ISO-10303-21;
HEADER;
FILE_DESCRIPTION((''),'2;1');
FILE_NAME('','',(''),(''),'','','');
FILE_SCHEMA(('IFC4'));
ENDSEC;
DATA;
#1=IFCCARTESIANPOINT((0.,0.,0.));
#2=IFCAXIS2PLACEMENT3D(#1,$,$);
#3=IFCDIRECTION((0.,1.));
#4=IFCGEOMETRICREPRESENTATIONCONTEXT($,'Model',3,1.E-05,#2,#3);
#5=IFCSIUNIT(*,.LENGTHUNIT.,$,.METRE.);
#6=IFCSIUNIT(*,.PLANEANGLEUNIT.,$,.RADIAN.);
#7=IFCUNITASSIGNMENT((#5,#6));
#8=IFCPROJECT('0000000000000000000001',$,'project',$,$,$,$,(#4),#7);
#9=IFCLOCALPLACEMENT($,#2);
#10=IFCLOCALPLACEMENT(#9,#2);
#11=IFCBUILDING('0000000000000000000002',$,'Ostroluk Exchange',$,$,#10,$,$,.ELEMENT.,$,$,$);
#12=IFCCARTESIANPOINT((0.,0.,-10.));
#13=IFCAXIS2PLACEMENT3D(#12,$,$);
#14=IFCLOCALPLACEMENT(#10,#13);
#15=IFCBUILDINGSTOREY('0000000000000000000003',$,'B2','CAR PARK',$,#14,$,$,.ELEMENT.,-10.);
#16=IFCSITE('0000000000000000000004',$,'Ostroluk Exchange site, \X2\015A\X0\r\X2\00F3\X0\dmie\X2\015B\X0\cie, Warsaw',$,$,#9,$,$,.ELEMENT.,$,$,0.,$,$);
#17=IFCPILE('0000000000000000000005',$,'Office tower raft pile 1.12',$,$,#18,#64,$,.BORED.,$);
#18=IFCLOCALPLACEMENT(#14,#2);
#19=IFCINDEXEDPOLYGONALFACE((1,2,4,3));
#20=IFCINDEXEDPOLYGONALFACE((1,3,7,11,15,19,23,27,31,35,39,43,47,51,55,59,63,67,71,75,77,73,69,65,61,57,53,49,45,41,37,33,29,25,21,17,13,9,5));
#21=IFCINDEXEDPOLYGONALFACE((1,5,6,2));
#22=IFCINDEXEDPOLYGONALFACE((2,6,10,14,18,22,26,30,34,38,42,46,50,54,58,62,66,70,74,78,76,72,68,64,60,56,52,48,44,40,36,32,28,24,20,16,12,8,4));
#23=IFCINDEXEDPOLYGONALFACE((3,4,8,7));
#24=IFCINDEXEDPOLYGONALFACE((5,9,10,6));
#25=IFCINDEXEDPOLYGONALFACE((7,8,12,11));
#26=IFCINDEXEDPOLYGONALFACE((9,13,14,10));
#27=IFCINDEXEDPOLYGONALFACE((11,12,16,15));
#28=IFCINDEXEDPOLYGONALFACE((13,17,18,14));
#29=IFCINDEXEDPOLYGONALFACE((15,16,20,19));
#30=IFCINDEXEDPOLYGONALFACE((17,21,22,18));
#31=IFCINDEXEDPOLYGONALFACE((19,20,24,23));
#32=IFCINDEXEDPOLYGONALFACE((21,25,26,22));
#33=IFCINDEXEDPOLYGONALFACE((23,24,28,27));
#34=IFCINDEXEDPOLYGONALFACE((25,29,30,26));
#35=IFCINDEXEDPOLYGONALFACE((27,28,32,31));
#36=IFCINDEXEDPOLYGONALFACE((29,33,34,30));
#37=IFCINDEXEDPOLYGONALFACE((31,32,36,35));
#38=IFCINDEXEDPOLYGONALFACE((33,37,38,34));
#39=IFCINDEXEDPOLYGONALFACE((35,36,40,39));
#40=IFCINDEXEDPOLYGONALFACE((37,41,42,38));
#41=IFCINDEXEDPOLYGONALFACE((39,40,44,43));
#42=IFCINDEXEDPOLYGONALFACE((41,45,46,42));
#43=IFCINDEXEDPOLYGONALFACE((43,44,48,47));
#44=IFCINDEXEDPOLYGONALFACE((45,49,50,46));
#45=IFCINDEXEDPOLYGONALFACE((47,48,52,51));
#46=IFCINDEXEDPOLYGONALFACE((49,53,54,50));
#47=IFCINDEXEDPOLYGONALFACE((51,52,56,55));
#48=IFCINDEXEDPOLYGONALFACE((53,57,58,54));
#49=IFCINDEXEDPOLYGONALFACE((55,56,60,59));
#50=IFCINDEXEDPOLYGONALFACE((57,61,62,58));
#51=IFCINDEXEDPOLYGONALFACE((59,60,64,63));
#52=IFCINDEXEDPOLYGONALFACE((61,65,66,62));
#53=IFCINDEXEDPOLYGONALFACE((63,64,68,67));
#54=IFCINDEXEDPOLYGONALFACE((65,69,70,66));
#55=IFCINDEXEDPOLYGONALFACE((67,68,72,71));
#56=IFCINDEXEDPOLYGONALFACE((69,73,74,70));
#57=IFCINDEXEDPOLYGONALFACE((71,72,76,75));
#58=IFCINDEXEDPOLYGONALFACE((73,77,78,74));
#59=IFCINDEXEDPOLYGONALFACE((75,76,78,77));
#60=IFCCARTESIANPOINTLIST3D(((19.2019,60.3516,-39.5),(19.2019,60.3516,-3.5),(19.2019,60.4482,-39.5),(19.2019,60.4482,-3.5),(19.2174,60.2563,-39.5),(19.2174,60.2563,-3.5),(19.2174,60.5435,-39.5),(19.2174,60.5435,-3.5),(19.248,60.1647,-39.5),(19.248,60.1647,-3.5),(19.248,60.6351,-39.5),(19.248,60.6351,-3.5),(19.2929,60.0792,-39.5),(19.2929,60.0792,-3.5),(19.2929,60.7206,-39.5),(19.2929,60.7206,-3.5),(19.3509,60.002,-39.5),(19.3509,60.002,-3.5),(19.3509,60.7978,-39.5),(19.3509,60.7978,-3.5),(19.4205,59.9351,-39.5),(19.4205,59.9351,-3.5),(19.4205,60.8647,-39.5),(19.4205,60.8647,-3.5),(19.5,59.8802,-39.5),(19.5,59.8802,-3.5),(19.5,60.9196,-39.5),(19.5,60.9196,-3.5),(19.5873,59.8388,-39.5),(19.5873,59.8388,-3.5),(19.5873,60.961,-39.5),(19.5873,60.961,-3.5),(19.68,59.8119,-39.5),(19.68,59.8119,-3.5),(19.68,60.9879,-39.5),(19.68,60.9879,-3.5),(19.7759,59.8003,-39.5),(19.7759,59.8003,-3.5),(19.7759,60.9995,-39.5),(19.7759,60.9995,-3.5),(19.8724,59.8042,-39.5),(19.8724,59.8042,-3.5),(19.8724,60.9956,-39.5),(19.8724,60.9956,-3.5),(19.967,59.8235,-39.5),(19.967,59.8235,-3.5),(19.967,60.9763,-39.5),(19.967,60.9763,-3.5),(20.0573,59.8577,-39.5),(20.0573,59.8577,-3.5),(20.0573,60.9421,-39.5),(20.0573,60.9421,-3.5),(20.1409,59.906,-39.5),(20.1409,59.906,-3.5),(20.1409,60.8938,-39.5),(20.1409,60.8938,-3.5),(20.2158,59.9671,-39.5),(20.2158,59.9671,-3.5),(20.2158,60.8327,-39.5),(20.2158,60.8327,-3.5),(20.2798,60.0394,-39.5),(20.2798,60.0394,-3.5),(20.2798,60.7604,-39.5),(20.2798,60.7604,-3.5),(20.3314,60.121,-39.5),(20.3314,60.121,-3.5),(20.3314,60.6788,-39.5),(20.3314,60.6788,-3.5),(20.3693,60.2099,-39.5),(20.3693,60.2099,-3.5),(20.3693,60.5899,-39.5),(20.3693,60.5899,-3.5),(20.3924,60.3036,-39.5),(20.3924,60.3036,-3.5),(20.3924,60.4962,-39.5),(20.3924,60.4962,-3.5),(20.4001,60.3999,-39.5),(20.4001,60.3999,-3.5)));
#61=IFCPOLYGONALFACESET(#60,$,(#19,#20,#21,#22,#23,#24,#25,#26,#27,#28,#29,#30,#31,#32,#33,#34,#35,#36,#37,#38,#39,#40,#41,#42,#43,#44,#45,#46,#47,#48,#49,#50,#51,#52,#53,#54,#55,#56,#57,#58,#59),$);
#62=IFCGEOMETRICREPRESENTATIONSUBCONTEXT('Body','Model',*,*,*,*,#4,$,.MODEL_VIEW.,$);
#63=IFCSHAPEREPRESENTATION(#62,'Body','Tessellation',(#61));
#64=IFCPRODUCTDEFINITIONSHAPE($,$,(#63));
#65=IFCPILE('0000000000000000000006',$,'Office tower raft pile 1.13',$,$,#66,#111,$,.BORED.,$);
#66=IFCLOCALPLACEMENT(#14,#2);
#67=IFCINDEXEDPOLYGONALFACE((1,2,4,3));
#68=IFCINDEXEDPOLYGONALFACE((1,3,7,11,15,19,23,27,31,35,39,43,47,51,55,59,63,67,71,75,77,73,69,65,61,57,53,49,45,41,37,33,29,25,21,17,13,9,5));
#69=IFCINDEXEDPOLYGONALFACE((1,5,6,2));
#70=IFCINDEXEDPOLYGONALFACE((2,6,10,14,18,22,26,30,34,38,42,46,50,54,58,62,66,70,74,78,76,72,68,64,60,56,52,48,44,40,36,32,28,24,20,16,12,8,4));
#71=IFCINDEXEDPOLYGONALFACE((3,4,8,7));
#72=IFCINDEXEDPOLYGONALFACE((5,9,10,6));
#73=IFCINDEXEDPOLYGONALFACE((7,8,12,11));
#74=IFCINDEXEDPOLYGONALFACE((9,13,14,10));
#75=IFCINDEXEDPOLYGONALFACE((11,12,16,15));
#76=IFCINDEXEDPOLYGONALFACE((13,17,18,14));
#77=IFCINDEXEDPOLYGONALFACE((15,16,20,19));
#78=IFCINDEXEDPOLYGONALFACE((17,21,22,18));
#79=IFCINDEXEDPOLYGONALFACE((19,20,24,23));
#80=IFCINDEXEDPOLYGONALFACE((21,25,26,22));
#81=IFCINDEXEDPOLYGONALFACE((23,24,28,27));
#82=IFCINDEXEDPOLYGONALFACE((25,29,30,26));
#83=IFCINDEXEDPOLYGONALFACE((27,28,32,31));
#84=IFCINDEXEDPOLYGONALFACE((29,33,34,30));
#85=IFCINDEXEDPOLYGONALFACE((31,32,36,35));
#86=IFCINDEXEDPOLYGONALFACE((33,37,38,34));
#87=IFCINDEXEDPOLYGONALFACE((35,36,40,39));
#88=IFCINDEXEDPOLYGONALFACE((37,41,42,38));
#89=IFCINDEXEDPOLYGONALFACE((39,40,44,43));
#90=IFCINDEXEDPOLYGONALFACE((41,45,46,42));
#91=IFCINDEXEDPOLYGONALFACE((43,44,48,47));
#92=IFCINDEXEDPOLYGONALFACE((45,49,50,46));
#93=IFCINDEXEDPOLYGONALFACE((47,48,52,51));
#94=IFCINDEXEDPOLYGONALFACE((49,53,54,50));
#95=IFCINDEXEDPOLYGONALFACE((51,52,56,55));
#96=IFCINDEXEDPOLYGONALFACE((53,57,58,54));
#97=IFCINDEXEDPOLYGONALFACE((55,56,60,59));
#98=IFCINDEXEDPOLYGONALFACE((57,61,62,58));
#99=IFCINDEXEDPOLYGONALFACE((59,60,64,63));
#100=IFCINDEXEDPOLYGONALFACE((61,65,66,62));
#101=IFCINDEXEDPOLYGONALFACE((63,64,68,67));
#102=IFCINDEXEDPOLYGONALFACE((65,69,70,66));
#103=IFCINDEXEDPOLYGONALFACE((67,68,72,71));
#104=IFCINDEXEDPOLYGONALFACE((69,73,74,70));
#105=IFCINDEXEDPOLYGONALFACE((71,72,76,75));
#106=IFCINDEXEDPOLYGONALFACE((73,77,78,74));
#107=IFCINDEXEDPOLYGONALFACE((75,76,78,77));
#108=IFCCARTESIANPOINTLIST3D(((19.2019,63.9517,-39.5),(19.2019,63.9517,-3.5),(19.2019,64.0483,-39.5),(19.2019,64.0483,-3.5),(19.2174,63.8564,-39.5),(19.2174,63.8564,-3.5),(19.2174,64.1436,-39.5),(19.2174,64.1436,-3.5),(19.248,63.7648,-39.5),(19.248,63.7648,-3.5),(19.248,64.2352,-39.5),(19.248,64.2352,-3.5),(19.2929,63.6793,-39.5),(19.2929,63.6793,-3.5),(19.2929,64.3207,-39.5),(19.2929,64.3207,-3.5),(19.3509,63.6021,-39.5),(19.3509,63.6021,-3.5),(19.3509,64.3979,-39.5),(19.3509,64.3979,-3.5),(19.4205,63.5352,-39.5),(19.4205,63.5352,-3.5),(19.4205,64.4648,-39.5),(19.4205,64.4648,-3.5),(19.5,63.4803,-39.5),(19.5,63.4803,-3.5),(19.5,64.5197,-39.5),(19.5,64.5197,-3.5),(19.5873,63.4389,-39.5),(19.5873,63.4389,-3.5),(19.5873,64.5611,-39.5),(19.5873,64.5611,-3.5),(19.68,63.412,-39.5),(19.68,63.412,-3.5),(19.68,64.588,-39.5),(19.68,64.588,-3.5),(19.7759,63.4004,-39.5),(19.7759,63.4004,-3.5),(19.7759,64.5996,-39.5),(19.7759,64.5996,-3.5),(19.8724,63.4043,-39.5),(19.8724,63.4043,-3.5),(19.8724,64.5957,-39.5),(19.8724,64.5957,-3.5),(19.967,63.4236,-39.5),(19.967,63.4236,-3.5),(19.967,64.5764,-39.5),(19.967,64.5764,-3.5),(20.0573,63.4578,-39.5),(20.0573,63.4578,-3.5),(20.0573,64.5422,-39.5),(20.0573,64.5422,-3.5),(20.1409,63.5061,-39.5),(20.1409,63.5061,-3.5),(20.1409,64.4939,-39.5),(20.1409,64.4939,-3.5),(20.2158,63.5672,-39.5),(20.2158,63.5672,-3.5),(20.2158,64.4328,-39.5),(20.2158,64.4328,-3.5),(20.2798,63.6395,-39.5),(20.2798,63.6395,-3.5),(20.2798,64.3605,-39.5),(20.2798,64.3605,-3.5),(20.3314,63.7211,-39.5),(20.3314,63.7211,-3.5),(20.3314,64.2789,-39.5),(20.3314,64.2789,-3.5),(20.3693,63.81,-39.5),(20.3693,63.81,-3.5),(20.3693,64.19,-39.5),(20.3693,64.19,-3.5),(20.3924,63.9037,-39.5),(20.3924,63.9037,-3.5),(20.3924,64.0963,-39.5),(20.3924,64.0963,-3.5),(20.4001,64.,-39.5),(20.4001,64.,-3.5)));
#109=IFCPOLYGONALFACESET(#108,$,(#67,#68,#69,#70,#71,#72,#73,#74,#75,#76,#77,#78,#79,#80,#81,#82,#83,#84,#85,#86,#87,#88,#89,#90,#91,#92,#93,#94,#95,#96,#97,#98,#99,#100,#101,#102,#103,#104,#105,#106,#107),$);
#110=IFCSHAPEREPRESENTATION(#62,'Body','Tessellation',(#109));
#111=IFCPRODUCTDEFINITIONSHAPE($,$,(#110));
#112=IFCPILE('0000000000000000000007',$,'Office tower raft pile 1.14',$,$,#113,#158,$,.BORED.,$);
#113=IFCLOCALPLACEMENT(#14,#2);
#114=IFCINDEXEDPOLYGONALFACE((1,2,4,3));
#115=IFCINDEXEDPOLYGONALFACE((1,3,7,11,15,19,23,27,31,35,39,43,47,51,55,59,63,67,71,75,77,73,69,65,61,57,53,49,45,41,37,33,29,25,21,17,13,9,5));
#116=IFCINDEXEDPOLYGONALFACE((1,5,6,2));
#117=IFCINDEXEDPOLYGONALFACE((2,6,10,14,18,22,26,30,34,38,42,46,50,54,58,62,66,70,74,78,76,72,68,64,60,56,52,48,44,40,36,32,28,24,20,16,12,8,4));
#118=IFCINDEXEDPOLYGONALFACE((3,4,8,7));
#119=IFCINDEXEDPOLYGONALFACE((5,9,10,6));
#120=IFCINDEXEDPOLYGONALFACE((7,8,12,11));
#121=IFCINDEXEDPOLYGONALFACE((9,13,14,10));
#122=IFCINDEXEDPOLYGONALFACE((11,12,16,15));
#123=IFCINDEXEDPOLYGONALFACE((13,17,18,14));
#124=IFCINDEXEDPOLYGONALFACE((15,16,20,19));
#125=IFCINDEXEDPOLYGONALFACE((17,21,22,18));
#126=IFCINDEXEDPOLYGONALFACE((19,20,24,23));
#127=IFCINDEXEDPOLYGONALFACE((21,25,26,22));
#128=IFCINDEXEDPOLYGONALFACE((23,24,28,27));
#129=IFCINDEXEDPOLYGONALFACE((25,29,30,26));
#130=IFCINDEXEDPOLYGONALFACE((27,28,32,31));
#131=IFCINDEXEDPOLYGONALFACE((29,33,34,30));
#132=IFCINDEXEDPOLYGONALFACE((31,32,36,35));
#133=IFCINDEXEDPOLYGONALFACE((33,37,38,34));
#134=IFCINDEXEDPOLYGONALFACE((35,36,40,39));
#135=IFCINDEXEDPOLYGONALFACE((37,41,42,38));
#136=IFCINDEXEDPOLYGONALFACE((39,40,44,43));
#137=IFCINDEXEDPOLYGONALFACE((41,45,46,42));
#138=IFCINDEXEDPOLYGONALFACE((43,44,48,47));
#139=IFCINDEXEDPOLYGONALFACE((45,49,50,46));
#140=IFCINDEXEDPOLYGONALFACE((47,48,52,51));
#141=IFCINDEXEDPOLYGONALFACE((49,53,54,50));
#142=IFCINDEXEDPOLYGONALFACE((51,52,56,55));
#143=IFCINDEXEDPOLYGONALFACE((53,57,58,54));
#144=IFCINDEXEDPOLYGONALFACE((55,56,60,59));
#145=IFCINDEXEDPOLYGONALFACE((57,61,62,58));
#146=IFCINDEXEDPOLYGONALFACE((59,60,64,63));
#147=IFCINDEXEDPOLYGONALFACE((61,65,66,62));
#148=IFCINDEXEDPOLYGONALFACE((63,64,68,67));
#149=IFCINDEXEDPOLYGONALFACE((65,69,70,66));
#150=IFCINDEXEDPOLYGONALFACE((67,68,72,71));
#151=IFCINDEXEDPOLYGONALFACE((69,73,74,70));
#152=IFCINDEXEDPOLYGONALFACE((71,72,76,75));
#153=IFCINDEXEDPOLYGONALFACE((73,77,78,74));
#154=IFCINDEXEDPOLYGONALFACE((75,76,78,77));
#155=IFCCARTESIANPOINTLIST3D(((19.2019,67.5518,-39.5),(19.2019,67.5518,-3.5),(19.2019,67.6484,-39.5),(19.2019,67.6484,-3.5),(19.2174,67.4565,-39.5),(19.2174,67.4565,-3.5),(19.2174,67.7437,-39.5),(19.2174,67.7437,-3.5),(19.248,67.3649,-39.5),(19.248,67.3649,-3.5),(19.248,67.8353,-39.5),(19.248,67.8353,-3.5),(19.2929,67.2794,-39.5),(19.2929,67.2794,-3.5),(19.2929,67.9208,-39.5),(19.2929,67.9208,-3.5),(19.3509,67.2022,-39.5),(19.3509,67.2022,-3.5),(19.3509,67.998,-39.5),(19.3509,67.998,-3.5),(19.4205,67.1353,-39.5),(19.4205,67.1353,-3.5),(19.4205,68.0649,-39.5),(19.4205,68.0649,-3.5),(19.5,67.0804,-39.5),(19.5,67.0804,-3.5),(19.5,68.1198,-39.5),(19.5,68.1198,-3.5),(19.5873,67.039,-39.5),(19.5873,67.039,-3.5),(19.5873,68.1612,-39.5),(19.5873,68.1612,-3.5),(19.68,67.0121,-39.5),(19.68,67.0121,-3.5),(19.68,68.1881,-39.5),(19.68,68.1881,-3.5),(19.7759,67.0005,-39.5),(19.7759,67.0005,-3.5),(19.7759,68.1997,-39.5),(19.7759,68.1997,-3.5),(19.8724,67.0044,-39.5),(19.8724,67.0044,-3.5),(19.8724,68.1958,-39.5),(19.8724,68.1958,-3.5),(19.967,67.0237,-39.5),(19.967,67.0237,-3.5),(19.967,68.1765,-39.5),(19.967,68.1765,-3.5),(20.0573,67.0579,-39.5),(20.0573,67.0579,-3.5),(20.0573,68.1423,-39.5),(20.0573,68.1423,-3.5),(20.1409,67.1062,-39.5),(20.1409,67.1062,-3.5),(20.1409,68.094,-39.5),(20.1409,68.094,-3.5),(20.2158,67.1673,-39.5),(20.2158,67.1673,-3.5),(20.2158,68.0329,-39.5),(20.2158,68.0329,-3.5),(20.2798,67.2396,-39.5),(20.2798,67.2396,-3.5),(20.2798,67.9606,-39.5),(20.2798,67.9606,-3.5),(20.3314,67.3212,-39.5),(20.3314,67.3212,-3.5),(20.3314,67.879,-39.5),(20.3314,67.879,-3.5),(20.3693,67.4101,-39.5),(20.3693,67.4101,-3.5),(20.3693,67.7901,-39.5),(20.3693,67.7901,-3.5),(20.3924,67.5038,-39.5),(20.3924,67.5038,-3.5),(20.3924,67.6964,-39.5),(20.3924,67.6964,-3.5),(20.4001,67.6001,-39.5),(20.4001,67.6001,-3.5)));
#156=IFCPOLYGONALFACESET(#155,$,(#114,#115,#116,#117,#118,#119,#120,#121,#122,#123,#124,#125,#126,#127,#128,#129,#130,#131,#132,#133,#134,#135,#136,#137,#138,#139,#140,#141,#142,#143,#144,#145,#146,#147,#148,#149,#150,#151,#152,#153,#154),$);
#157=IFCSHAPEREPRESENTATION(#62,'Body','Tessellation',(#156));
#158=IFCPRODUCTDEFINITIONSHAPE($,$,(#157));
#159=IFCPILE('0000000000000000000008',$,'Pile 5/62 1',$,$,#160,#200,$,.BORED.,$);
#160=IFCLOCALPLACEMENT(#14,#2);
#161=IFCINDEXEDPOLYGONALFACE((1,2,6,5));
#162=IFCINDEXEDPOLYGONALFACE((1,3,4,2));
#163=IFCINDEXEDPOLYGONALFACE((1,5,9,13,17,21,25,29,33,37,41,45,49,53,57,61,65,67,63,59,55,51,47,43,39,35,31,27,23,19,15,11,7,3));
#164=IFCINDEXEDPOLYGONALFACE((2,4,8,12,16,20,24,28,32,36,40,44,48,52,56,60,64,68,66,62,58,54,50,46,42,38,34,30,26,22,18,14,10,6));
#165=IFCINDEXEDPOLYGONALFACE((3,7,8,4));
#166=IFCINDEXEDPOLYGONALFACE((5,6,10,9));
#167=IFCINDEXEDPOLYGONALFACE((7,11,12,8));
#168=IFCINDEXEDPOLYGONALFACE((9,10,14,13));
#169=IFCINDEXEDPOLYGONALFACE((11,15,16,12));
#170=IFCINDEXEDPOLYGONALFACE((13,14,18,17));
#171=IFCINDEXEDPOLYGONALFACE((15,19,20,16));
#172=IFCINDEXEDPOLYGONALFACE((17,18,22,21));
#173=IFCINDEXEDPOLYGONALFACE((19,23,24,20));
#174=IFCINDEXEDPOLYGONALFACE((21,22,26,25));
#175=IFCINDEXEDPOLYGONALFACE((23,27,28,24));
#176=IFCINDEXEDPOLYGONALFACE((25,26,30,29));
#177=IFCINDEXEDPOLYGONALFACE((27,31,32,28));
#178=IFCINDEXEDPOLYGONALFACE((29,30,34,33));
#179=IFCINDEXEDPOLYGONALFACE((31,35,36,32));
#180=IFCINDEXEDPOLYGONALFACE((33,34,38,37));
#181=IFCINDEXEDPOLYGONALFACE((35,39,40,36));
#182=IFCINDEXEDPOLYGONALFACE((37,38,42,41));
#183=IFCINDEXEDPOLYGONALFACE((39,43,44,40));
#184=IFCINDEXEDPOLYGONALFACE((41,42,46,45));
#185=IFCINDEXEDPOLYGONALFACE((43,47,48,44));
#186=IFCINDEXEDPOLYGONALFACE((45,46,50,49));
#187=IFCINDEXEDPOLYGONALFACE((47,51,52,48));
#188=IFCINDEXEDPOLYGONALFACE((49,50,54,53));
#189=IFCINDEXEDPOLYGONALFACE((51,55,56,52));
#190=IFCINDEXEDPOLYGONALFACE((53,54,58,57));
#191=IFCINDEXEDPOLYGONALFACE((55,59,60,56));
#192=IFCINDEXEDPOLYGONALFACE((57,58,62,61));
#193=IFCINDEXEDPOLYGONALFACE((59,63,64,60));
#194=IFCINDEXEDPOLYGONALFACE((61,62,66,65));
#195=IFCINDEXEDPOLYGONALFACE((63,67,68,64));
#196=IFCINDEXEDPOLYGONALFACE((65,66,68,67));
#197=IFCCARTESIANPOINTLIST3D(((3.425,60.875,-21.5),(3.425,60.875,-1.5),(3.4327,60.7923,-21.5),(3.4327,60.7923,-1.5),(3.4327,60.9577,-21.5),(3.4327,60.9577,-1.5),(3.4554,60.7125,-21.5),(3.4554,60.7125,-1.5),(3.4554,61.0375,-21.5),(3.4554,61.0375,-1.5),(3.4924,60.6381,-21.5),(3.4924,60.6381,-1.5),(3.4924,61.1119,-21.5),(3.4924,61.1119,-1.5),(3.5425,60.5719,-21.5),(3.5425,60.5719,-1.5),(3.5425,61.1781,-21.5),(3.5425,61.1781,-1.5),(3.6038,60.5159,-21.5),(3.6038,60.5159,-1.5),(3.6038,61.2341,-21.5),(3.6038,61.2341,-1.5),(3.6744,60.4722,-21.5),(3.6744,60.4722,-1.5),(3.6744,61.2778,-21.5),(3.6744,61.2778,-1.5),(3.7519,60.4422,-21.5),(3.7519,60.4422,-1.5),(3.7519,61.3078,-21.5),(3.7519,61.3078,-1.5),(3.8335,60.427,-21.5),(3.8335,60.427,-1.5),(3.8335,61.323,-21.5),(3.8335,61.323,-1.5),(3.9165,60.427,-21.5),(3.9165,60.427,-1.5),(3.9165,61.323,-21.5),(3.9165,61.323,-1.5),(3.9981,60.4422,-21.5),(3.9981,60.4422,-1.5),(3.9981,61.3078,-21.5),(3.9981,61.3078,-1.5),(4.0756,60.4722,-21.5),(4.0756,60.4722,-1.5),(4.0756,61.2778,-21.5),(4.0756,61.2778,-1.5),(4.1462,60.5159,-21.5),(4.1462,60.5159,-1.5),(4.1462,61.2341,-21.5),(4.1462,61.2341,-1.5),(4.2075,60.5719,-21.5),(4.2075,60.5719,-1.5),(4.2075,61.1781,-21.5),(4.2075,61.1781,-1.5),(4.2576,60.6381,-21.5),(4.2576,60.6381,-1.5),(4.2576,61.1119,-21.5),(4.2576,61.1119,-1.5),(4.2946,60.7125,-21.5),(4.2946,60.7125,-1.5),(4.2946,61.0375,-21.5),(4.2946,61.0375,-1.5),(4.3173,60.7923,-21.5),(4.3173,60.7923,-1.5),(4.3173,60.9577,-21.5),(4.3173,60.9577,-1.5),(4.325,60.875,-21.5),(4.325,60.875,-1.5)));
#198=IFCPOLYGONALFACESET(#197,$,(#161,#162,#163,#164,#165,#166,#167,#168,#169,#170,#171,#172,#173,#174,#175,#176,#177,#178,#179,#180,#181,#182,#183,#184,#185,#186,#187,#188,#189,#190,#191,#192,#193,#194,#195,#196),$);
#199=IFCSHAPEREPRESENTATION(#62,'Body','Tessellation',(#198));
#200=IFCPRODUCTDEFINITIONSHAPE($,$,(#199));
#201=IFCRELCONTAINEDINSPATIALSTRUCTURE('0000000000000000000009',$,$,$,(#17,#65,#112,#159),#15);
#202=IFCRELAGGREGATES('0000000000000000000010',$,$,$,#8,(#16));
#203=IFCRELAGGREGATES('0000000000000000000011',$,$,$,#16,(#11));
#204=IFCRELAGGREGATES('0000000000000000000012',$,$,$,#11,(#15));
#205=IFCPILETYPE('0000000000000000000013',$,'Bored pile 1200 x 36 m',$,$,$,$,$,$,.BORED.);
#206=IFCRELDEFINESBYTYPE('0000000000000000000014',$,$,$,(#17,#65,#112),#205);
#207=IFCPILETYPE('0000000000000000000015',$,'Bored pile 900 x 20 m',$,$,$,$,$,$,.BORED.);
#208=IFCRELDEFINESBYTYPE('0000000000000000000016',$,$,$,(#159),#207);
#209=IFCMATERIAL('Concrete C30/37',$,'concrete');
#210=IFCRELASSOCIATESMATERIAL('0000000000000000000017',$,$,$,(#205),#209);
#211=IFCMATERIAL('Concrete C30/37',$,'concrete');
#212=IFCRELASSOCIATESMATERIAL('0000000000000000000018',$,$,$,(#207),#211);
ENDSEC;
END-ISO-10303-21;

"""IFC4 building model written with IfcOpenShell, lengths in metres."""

from ifc_helpers import new_model, si_unit, direction, frame, origin, origin_2d, place, context, subcontext, project, spatial, circle, extrude, material, type_object, element, save


model = new_model("IFC4")

# Units and contexts
model_context = context("Model", 3, precision=1e-05, world=origin(), true_north=direction((0.0, 1.0)))
body_context = subcontext(model_context, "Body", "Model", "MODEL_VIEW")
ifc_project = project(units=[si_unit("LENGTHUNIT", "METRE"), si_unit("PLANEANGLEUNIT", "RADIAN")], contexts=[model_context])

# Site, building, storey
site_placement = place(None, origin())
site = spatial("IfcSite", under=ifc_project, at=site_placement, Name="Ostroluk Exchange site, Śródmieście, Warsaw", CompositionType="ELEMENT", RefElevation=0.0)
building_placement = place(site_placement, origin())
building = spatial("IfcBuilding", under=site, at=building_placement, Name="Ostroluk Exchange", CompositionType="ELEMENT")
storey_placement = place(building_placement, frame((0.0, 0.0, -10.0)))
storey = spatial("IfcBuildingStorey", under=building, at=storey_placement, Name="B2", Description="CAR PARK", CompositionType="ELEMENT", Elevation=-10.0)

# Piles
ifc_material_1 = material(Name="Concrete C30/37", Category="concrete")
pile_type_1 = type_object("IfcPileType", Name="Bored pile 1200 x 36 m", PredefinedType="BORED", material=ifc_material_1)
for number, where, z_axis, x_axis, name in (
    (1, (19.8, 60.3999, -3.5), (0.0, 0.0, -1.0), (1.0, 0.0, 0.0), "Office tower raft pile 1.12"),
    (2, (19.8, 64.0, -3.5), (0.0, 0.0, -1.0), (1.0, 0.0, 0.0), "Office tower raft pile 1.13"),
    (3, (19.8, 67.6001, -3.5), (0.0, 0.0, -1.0), (1.0, 0.0, 0.0), "Office tower raft pile 1.14"),
):
    element("IfcPile", number, at=place(storey_placement, frame(where, z_axis=z_axis, x_axis=x_axis)), inside=storey, type_object=pile_type_1, Name=name, PredefinedType="BORED", context=body_context, shape_type="SweptSolid", body=[
        extrude(circle(Radius=0.6001, at=origin_2d()), origin(), (0.0, 0.0, 1.0), 36.0),
    ])
ifc_material_2 = material(Name="Concrete C30/37", Category="concrete")
pile_type_2 = type_object("IfcPileType", Name="Bored pile 900 x 20 m", PredefinedType="BORED", material=ifc_material_2)
for number, where, z_axis, x_axis, name in (
    (4, (3.875, 60.875, -1.5), (0.0, 0.0, -1.0), (1.0, 0.0, 0.0), "Pile 5/62 1"),
):
    element("IfcPile", number, at=place(storey_placement, frame(where, z_axis=z_axis, x_axis=x_axis)), inside=storey, type_object=pile_type_2, Name=name, PredefinedType="BORED", context=body_context, shape_type="SweptSolid", body=[
        extrude(circle(Radius=0.45, at=origin_2d()), origin(), (0.0, 0.0, 1.0), 20.0),
    ])

save(model, "model.ifc")
